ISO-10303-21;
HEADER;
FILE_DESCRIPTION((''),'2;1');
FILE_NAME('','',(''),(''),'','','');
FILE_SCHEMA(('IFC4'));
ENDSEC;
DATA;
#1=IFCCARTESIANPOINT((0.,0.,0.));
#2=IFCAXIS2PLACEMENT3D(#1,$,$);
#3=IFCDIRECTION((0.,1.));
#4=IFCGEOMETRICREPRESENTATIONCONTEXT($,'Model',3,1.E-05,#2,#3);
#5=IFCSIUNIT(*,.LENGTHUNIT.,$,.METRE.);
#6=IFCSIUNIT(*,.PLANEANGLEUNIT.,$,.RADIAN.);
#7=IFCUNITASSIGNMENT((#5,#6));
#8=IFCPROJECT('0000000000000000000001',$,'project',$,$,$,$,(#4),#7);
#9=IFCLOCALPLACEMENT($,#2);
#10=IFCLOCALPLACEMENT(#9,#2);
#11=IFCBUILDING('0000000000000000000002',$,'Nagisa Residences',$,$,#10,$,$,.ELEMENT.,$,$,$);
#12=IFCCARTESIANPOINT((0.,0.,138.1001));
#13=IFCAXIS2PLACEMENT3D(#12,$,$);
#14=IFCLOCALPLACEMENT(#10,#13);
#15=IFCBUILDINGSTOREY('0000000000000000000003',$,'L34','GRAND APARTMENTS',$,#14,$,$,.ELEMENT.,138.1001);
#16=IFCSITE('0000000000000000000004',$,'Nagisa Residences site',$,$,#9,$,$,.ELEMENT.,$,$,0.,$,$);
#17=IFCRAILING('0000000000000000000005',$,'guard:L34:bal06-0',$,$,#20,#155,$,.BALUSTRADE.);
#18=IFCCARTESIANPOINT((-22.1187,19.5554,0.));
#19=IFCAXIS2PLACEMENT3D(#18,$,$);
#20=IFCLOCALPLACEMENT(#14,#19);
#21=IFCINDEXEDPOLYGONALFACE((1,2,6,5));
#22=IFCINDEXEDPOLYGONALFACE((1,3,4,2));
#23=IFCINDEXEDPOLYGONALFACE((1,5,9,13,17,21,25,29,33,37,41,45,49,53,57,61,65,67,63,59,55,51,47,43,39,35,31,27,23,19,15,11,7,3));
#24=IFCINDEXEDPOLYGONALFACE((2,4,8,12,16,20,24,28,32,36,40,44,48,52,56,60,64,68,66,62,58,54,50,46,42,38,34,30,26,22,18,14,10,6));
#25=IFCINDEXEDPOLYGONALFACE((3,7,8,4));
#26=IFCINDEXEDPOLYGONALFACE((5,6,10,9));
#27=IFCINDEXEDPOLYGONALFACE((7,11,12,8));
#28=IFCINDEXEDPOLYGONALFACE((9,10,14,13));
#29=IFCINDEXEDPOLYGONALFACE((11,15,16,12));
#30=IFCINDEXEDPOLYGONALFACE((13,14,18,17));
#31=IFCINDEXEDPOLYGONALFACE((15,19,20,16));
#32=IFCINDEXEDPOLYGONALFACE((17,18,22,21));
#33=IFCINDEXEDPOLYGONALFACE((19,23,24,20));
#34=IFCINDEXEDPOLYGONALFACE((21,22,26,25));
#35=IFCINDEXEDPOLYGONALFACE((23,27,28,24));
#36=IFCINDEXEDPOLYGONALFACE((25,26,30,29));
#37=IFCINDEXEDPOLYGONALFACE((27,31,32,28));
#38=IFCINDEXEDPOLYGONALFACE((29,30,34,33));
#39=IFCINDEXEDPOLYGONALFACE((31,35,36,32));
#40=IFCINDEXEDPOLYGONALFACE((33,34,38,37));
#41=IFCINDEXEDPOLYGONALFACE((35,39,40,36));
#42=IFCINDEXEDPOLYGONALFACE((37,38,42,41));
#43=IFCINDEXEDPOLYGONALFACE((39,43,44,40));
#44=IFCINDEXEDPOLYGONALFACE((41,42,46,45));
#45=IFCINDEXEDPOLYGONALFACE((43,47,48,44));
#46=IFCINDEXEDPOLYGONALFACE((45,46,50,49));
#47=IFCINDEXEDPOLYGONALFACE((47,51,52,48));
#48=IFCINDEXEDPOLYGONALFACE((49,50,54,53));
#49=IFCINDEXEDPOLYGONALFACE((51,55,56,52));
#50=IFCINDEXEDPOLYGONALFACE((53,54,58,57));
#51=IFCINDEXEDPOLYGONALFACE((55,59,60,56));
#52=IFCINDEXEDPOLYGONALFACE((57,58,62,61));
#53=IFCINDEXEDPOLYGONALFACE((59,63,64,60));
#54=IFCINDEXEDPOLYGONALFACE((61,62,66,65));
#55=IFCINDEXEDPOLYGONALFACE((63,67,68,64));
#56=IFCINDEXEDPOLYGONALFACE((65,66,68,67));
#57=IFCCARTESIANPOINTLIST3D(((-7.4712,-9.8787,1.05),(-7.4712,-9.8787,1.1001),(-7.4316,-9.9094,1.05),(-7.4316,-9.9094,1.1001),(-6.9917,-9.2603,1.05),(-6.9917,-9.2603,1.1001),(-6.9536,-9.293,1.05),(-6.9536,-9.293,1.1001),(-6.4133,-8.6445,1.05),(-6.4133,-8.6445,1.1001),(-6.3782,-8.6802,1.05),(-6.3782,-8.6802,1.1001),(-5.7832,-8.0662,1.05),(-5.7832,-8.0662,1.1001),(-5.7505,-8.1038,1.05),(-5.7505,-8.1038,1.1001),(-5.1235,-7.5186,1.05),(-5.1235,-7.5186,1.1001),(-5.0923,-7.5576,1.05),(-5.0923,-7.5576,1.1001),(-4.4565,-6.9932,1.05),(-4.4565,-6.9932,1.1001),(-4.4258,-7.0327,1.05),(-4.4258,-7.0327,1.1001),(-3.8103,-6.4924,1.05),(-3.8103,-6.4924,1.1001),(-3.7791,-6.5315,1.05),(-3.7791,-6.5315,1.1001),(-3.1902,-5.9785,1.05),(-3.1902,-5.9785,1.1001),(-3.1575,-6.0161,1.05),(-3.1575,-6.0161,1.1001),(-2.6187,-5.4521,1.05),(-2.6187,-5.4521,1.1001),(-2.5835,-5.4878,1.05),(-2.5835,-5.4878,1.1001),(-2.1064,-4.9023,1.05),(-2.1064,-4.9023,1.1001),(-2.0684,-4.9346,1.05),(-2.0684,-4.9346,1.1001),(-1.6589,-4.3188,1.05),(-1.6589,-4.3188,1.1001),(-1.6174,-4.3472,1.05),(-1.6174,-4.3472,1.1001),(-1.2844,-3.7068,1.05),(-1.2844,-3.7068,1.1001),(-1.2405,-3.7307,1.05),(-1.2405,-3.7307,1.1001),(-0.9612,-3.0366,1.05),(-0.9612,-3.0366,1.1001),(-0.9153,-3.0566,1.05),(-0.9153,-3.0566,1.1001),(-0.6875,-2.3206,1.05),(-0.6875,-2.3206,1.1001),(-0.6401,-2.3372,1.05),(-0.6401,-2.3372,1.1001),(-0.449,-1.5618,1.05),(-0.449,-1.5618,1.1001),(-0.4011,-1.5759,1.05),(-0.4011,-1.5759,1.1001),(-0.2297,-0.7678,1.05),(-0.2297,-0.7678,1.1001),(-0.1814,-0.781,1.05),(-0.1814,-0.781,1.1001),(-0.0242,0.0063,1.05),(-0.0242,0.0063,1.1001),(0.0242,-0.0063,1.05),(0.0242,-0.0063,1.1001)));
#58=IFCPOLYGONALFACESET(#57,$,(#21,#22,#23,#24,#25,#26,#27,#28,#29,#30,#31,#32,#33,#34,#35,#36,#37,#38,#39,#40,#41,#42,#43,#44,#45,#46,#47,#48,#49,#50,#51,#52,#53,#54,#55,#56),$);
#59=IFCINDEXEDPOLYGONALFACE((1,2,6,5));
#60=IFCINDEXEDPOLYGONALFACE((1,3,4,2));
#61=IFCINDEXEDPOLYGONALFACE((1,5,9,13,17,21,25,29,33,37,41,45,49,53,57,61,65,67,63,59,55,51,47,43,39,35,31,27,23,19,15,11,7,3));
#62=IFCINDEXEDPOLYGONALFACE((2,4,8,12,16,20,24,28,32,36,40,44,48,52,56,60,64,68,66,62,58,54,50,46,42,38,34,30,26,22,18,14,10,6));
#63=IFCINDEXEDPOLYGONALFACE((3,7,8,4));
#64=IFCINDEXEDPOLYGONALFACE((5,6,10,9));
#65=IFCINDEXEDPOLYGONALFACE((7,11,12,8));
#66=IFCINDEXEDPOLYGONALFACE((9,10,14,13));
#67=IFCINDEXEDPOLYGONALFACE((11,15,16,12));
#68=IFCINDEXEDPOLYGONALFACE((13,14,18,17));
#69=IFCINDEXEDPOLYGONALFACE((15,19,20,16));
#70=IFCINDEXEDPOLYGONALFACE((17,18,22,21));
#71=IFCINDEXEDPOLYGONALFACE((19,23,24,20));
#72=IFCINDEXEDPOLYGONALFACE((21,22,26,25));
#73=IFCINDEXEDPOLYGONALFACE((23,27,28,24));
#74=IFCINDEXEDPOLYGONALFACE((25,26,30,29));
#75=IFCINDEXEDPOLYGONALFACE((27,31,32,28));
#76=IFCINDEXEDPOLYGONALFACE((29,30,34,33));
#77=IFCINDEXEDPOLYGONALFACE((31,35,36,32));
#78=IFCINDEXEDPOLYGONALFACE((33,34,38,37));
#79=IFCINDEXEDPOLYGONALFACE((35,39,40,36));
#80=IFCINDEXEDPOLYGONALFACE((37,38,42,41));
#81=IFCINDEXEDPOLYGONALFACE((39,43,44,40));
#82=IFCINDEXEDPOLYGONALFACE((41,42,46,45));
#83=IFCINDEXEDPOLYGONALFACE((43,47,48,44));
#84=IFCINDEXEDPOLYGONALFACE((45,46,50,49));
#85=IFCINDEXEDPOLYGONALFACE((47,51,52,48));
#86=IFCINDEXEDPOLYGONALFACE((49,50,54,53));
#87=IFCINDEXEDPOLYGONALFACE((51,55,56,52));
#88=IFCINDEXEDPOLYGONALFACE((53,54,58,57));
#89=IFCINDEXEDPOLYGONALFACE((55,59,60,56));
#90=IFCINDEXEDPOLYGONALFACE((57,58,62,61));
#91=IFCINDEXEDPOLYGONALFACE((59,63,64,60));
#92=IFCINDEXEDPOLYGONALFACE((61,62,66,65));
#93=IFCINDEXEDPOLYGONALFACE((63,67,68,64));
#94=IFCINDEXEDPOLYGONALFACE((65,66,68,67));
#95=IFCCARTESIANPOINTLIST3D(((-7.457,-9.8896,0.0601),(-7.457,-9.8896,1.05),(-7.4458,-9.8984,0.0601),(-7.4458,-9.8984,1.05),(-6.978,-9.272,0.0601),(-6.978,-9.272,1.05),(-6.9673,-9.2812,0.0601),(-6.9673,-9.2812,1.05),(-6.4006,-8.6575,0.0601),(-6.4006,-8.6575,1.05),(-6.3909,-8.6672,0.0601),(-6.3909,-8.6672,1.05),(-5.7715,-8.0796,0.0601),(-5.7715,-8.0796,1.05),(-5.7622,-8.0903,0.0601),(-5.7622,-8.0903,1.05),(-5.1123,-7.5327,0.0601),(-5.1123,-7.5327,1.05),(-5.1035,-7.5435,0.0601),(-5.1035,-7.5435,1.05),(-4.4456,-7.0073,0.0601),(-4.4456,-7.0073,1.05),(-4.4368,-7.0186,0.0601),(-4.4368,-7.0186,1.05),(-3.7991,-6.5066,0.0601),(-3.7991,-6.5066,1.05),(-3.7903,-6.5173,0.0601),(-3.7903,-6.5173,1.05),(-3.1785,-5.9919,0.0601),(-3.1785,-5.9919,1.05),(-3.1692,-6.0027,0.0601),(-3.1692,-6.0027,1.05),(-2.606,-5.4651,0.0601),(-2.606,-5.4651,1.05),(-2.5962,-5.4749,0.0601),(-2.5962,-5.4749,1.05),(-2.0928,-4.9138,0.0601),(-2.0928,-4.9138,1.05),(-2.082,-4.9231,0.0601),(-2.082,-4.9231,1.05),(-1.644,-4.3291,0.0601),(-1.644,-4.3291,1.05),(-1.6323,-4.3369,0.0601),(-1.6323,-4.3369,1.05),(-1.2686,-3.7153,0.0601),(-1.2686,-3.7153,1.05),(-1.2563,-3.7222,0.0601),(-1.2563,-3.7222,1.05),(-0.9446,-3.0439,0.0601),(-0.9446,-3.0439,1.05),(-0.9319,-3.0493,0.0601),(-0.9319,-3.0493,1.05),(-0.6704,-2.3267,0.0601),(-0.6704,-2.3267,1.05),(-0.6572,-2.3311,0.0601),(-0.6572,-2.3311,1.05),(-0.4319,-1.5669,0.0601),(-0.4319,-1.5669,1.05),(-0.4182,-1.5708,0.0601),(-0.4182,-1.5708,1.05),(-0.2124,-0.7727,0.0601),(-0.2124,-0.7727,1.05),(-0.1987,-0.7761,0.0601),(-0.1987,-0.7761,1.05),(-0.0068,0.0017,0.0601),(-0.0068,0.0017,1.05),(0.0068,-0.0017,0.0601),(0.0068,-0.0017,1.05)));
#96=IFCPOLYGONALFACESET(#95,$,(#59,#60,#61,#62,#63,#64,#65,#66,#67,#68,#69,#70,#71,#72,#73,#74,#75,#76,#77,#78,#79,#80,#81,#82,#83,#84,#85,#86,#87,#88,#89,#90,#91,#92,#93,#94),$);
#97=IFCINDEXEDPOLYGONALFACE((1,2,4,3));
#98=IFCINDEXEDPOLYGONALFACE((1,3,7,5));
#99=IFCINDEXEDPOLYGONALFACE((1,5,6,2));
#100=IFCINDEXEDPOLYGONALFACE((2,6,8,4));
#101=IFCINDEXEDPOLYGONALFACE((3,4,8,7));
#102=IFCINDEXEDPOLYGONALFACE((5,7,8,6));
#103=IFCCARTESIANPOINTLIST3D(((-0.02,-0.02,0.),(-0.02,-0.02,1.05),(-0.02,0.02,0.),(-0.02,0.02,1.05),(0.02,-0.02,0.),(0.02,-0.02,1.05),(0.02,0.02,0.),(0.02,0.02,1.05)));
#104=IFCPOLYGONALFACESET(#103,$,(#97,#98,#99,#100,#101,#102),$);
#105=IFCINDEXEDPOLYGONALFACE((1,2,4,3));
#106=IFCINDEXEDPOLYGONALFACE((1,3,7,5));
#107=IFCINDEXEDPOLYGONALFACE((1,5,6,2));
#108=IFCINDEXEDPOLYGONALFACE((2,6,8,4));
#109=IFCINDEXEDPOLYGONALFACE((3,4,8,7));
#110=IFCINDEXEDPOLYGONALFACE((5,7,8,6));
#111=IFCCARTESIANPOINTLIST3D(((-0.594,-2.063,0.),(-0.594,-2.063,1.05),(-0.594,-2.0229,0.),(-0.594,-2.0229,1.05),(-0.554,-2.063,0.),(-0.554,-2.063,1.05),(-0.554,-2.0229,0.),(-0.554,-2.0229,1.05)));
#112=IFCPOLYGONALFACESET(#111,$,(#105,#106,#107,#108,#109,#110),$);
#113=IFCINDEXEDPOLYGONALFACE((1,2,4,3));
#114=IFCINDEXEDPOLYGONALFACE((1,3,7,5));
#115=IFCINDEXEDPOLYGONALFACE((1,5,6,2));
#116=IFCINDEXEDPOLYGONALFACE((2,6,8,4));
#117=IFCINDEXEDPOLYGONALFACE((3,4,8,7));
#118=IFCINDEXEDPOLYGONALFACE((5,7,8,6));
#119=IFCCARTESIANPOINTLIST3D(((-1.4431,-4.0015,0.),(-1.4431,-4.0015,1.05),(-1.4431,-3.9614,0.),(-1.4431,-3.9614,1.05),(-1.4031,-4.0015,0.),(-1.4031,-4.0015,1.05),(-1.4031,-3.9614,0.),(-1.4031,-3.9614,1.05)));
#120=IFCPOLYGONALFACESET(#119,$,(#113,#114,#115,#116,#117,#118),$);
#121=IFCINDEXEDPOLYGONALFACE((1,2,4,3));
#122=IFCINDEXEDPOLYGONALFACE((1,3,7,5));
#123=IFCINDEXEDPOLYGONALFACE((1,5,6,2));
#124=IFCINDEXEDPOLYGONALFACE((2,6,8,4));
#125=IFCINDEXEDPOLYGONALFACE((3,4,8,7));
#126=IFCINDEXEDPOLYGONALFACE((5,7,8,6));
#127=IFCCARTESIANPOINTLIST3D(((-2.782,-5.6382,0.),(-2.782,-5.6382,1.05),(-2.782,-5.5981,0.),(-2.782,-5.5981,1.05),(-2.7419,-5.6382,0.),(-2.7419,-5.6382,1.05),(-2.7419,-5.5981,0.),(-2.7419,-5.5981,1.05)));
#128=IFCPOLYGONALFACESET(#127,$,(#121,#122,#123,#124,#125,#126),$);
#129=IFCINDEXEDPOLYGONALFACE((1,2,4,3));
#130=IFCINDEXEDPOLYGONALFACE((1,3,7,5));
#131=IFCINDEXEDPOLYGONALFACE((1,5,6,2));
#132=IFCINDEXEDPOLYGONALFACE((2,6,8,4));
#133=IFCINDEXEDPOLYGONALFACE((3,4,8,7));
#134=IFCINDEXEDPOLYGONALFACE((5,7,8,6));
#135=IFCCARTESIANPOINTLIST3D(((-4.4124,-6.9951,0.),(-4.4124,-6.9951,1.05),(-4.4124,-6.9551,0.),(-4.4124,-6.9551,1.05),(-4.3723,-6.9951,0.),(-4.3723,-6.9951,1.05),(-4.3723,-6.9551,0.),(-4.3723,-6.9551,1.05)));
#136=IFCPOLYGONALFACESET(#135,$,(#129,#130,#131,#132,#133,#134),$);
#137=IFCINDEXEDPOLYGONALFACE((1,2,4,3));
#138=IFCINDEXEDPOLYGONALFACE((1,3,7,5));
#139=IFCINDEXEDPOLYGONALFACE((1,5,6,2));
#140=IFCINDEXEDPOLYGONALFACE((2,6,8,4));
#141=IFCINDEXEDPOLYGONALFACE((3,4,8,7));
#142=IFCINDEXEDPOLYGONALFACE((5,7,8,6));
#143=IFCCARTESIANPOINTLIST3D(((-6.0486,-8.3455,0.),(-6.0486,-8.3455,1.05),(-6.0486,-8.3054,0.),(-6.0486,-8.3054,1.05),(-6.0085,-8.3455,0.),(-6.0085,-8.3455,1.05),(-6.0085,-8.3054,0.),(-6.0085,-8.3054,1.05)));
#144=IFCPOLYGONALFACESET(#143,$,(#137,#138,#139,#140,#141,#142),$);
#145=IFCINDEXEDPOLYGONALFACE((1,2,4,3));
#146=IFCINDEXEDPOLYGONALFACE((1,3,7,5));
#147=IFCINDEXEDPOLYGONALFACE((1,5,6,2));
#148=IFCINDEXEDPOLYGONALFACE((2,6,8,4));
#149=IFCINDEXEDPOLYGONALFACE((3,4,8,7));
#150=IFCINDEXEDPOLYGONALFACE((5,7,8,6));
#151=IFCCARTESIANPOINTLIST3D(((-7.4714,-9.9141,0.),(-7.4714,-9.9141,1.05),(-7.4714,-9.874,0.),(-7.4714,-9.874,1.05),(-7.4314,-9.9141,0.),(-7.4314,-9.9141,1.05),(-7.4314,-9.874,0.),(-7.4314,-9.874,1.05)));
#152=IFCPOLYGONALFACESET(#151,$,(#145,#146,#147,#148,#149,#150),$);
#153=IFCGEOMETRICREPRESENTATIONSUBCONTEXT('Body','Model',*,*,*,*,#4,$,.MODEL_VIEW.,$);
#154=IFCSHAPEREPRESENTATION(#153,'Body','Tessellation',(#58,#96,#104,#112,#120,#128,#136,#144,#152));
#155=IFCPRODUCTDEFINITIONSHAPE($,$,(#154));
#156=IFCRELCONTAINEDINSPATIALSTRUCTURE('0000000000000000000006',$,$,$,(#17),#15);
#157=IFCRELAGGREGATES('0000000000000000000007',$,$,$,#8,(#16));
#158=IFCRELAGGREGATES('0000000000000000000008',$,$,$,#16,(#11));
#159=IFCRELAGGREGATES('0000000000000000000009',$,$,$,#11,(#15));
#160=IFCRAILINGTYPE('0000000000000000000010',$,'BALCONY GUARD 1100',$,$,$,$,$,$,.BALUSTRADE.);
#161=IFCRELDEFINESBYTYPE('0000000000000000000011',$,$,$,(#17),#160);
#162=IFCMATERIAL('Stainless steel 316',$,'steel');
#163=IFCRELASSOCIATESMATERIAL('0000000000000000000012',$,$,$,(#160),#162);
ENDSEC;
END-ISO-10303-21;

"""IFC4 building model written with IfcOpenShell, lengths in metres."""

from ifc_helpers import new_model, si_unit, direction, frame, origin, origin_2d, place, context, subcontext, project, spatial, polyline, rectangle, outline, extrude, material, type_object, element, save


model = new_model("IFC4")

# Units and contexts
model_context = context("Model", 3, precision=1e-05, world=origin(), true_north=direction((0.0, 1.0)))
body_context = subcontext(model_context, "Body", "Model", "MODEL_VIEW")
ifc_project = project(units=[si_unit("LENGTHUNIT", "METRE"), si_unit("PLANEANGLEUNIT", "RADIAN")], contexts=[model_context])

# Site, building, storey
site_placement = place(None, origin())
site = spatial("IfcSite", under=ifc_project, at=site_placement, Name="Nagisa Residences site", CompositionType="ELEMENT", RefElevation=0.0)
building_placement = place(site_placement, origin())
building = spatial("IfcBuilding", under=site, at=building_placement, Name="Nagisa Residences", CompositionType="ELEMENT")
storey_placement = place(building_placement, frame((0.0, 0.0, 138.1001)))
storey = spatial("IfcBuildingStorey", under=building, at=storey_placement, Name="L34", Description="GRAND APARTMENTS", CompositionType="ELEMENT", Elevation=138.1001)

# Railing
ifc_material_1 = material(Name="Stainless steel 316", Category="steel")
railing_type = type_object("IfcRailingType", Name="BALCONY GUARD 1100", PredefinedType="BALUSTRADE", material=ifc_material_1)
railing_1_placement = place(storey_placement, frame((-22.1187, 19.5554, 0.0)))
element("IfcRailing", 1, at=railing_1_placement, inside=storey, type_object=railing_type, Name="guard:L34:bal06-0", PredefinedType="BALUSTRADE", context=body_context, shape_type="SweptSolid", body=[
    extrude(outline(polyline([(-0.1814, -0.781), (0.0242, -0.0063), (-0.0242, 0.0063), (-0.2297, -0.7678), (-0.449, -1.5618), (-0.6875, -2.3206), (-0.9612, -3.0366), (-1.2844, -3.7068), (-1.6589, -4.3188), (-2.1064, -4.9023), (-2.6187, -5.4521), (-3.1902, -5.9785), (-3.8103, -6.4924), (-4.4565, -6.9932), (-5.1235, -7.5186), (-5.7832, -8.0662), (-6.4133, -8.6445), (-6.9917, -9.2603), (-7.4712, -9.8787), (-7.4316, -9.9094), (-6.9536, -9.293), (-6.3782, -8.6802), (-5.7505, -8.1038), (-5.0923, -7.5576), (-4.4258, -7.0327), (-3.7791, -6.5315), (-3.1575, -6.0161), (-2.5835, -5.4878), (-2.0684, -4.9346), (-1.6174, -4.3472), (-1.2405, -3.7307), (-0.9153, -3.0566), (-0.6401, -2.3372), (-0.4011, -1.5759), (-0.1814, -0.781)])), frame((0.0, 0.0, 1.05)), (0.0, 0.0, 1.0), 0.05),
    extrude(outline(polyline([(-0.1987, -0.7761), (0.0068, -0.0017), (-0.0068, 0.0017), (-0.2124, -0.7727), (-0.4319, -1.5669), (-0.6704, -2.3267), (-0.9446, -3.0439), (-1.2686, -3.7153), (-1.644, -4.3291), (-2.0928, -4.9138), (-2.606, -5.4651), (-3.1785, -5.9919), (-3.7991, -6.5066), (-4.4456, -7.0073), (-5.1123, -7.5327), (-5.7715, -8.0796), (-6.4006, -8.6575), (-6.978, -9.272), (-7.457, -9.8896), (-7.4458, -9.8984), (-6.9673, -9.2812), (-6.3909, -8.6672), (-5.7622, -8.0903), (-5.1035, -7.5435), (-4.4368, -7.0186), (-3.7903, -6.5173), (-3.1692, -6.0027), (-2.5962, -5.4749), (-2.082, -4.9231), (-1.6323, -4.3369), (-1.2563, -3.7222), (-0.9319, -3.0493), (-0.6572, -2.3311), (-0.4182, -1.5708), (-0.1987, -0.7761)])), frame((0.0, 0.0, 0.0601)), (0.0, 0.0, 1.0), 0.99),
    extrude(rectangle(XDim=0.04, YDim=0.04, at=origin_2d()), origin(), (0.0, 0.0, 1.0), 1.05),
    extrude(rectangle(XDim=0.04, YDim=0.04, at=origin_2d()), frame((-0.574, -2.043, 0.0)), (0.0, 0.0, 1.0), 1.05),
    extrude(rectangle(XDim=0.04, YDim=0.04, at=origin_2d()), frame((-1.4231, -3.9814, 0.0)), (0.0, 0.0, 1.0), 1.05),
    extrude(rectangle(XDim=0.04, YDim=0.04, at=origin_2d()), frame((-2.762, -5.6182, 0.0)), (0.0, 0.0, 1.0), 1.05),
    extrude(rectangle(XDim=0.04, YDim=0.04, at=origin_2d()), frame((-4.3923, -6.9751, 0.0)), (0.0, 0.0, 1.0), 1.05),
    extrude(rectangle(XDim=0.04, YDim=0.04, at=origin_2d()), frame((-6.0286, -8.3254, 0.0)), (0.0, 0.0, 1.0), 1.05),
    extrude(rectangle(XDim=0.04, YDim=0.04, at=origin_2d()), frame((-7.4514, -9.894, 0.0)), (0.0, 0.0, 1.0), 1.05),
])

save(model, "model.ifc")
